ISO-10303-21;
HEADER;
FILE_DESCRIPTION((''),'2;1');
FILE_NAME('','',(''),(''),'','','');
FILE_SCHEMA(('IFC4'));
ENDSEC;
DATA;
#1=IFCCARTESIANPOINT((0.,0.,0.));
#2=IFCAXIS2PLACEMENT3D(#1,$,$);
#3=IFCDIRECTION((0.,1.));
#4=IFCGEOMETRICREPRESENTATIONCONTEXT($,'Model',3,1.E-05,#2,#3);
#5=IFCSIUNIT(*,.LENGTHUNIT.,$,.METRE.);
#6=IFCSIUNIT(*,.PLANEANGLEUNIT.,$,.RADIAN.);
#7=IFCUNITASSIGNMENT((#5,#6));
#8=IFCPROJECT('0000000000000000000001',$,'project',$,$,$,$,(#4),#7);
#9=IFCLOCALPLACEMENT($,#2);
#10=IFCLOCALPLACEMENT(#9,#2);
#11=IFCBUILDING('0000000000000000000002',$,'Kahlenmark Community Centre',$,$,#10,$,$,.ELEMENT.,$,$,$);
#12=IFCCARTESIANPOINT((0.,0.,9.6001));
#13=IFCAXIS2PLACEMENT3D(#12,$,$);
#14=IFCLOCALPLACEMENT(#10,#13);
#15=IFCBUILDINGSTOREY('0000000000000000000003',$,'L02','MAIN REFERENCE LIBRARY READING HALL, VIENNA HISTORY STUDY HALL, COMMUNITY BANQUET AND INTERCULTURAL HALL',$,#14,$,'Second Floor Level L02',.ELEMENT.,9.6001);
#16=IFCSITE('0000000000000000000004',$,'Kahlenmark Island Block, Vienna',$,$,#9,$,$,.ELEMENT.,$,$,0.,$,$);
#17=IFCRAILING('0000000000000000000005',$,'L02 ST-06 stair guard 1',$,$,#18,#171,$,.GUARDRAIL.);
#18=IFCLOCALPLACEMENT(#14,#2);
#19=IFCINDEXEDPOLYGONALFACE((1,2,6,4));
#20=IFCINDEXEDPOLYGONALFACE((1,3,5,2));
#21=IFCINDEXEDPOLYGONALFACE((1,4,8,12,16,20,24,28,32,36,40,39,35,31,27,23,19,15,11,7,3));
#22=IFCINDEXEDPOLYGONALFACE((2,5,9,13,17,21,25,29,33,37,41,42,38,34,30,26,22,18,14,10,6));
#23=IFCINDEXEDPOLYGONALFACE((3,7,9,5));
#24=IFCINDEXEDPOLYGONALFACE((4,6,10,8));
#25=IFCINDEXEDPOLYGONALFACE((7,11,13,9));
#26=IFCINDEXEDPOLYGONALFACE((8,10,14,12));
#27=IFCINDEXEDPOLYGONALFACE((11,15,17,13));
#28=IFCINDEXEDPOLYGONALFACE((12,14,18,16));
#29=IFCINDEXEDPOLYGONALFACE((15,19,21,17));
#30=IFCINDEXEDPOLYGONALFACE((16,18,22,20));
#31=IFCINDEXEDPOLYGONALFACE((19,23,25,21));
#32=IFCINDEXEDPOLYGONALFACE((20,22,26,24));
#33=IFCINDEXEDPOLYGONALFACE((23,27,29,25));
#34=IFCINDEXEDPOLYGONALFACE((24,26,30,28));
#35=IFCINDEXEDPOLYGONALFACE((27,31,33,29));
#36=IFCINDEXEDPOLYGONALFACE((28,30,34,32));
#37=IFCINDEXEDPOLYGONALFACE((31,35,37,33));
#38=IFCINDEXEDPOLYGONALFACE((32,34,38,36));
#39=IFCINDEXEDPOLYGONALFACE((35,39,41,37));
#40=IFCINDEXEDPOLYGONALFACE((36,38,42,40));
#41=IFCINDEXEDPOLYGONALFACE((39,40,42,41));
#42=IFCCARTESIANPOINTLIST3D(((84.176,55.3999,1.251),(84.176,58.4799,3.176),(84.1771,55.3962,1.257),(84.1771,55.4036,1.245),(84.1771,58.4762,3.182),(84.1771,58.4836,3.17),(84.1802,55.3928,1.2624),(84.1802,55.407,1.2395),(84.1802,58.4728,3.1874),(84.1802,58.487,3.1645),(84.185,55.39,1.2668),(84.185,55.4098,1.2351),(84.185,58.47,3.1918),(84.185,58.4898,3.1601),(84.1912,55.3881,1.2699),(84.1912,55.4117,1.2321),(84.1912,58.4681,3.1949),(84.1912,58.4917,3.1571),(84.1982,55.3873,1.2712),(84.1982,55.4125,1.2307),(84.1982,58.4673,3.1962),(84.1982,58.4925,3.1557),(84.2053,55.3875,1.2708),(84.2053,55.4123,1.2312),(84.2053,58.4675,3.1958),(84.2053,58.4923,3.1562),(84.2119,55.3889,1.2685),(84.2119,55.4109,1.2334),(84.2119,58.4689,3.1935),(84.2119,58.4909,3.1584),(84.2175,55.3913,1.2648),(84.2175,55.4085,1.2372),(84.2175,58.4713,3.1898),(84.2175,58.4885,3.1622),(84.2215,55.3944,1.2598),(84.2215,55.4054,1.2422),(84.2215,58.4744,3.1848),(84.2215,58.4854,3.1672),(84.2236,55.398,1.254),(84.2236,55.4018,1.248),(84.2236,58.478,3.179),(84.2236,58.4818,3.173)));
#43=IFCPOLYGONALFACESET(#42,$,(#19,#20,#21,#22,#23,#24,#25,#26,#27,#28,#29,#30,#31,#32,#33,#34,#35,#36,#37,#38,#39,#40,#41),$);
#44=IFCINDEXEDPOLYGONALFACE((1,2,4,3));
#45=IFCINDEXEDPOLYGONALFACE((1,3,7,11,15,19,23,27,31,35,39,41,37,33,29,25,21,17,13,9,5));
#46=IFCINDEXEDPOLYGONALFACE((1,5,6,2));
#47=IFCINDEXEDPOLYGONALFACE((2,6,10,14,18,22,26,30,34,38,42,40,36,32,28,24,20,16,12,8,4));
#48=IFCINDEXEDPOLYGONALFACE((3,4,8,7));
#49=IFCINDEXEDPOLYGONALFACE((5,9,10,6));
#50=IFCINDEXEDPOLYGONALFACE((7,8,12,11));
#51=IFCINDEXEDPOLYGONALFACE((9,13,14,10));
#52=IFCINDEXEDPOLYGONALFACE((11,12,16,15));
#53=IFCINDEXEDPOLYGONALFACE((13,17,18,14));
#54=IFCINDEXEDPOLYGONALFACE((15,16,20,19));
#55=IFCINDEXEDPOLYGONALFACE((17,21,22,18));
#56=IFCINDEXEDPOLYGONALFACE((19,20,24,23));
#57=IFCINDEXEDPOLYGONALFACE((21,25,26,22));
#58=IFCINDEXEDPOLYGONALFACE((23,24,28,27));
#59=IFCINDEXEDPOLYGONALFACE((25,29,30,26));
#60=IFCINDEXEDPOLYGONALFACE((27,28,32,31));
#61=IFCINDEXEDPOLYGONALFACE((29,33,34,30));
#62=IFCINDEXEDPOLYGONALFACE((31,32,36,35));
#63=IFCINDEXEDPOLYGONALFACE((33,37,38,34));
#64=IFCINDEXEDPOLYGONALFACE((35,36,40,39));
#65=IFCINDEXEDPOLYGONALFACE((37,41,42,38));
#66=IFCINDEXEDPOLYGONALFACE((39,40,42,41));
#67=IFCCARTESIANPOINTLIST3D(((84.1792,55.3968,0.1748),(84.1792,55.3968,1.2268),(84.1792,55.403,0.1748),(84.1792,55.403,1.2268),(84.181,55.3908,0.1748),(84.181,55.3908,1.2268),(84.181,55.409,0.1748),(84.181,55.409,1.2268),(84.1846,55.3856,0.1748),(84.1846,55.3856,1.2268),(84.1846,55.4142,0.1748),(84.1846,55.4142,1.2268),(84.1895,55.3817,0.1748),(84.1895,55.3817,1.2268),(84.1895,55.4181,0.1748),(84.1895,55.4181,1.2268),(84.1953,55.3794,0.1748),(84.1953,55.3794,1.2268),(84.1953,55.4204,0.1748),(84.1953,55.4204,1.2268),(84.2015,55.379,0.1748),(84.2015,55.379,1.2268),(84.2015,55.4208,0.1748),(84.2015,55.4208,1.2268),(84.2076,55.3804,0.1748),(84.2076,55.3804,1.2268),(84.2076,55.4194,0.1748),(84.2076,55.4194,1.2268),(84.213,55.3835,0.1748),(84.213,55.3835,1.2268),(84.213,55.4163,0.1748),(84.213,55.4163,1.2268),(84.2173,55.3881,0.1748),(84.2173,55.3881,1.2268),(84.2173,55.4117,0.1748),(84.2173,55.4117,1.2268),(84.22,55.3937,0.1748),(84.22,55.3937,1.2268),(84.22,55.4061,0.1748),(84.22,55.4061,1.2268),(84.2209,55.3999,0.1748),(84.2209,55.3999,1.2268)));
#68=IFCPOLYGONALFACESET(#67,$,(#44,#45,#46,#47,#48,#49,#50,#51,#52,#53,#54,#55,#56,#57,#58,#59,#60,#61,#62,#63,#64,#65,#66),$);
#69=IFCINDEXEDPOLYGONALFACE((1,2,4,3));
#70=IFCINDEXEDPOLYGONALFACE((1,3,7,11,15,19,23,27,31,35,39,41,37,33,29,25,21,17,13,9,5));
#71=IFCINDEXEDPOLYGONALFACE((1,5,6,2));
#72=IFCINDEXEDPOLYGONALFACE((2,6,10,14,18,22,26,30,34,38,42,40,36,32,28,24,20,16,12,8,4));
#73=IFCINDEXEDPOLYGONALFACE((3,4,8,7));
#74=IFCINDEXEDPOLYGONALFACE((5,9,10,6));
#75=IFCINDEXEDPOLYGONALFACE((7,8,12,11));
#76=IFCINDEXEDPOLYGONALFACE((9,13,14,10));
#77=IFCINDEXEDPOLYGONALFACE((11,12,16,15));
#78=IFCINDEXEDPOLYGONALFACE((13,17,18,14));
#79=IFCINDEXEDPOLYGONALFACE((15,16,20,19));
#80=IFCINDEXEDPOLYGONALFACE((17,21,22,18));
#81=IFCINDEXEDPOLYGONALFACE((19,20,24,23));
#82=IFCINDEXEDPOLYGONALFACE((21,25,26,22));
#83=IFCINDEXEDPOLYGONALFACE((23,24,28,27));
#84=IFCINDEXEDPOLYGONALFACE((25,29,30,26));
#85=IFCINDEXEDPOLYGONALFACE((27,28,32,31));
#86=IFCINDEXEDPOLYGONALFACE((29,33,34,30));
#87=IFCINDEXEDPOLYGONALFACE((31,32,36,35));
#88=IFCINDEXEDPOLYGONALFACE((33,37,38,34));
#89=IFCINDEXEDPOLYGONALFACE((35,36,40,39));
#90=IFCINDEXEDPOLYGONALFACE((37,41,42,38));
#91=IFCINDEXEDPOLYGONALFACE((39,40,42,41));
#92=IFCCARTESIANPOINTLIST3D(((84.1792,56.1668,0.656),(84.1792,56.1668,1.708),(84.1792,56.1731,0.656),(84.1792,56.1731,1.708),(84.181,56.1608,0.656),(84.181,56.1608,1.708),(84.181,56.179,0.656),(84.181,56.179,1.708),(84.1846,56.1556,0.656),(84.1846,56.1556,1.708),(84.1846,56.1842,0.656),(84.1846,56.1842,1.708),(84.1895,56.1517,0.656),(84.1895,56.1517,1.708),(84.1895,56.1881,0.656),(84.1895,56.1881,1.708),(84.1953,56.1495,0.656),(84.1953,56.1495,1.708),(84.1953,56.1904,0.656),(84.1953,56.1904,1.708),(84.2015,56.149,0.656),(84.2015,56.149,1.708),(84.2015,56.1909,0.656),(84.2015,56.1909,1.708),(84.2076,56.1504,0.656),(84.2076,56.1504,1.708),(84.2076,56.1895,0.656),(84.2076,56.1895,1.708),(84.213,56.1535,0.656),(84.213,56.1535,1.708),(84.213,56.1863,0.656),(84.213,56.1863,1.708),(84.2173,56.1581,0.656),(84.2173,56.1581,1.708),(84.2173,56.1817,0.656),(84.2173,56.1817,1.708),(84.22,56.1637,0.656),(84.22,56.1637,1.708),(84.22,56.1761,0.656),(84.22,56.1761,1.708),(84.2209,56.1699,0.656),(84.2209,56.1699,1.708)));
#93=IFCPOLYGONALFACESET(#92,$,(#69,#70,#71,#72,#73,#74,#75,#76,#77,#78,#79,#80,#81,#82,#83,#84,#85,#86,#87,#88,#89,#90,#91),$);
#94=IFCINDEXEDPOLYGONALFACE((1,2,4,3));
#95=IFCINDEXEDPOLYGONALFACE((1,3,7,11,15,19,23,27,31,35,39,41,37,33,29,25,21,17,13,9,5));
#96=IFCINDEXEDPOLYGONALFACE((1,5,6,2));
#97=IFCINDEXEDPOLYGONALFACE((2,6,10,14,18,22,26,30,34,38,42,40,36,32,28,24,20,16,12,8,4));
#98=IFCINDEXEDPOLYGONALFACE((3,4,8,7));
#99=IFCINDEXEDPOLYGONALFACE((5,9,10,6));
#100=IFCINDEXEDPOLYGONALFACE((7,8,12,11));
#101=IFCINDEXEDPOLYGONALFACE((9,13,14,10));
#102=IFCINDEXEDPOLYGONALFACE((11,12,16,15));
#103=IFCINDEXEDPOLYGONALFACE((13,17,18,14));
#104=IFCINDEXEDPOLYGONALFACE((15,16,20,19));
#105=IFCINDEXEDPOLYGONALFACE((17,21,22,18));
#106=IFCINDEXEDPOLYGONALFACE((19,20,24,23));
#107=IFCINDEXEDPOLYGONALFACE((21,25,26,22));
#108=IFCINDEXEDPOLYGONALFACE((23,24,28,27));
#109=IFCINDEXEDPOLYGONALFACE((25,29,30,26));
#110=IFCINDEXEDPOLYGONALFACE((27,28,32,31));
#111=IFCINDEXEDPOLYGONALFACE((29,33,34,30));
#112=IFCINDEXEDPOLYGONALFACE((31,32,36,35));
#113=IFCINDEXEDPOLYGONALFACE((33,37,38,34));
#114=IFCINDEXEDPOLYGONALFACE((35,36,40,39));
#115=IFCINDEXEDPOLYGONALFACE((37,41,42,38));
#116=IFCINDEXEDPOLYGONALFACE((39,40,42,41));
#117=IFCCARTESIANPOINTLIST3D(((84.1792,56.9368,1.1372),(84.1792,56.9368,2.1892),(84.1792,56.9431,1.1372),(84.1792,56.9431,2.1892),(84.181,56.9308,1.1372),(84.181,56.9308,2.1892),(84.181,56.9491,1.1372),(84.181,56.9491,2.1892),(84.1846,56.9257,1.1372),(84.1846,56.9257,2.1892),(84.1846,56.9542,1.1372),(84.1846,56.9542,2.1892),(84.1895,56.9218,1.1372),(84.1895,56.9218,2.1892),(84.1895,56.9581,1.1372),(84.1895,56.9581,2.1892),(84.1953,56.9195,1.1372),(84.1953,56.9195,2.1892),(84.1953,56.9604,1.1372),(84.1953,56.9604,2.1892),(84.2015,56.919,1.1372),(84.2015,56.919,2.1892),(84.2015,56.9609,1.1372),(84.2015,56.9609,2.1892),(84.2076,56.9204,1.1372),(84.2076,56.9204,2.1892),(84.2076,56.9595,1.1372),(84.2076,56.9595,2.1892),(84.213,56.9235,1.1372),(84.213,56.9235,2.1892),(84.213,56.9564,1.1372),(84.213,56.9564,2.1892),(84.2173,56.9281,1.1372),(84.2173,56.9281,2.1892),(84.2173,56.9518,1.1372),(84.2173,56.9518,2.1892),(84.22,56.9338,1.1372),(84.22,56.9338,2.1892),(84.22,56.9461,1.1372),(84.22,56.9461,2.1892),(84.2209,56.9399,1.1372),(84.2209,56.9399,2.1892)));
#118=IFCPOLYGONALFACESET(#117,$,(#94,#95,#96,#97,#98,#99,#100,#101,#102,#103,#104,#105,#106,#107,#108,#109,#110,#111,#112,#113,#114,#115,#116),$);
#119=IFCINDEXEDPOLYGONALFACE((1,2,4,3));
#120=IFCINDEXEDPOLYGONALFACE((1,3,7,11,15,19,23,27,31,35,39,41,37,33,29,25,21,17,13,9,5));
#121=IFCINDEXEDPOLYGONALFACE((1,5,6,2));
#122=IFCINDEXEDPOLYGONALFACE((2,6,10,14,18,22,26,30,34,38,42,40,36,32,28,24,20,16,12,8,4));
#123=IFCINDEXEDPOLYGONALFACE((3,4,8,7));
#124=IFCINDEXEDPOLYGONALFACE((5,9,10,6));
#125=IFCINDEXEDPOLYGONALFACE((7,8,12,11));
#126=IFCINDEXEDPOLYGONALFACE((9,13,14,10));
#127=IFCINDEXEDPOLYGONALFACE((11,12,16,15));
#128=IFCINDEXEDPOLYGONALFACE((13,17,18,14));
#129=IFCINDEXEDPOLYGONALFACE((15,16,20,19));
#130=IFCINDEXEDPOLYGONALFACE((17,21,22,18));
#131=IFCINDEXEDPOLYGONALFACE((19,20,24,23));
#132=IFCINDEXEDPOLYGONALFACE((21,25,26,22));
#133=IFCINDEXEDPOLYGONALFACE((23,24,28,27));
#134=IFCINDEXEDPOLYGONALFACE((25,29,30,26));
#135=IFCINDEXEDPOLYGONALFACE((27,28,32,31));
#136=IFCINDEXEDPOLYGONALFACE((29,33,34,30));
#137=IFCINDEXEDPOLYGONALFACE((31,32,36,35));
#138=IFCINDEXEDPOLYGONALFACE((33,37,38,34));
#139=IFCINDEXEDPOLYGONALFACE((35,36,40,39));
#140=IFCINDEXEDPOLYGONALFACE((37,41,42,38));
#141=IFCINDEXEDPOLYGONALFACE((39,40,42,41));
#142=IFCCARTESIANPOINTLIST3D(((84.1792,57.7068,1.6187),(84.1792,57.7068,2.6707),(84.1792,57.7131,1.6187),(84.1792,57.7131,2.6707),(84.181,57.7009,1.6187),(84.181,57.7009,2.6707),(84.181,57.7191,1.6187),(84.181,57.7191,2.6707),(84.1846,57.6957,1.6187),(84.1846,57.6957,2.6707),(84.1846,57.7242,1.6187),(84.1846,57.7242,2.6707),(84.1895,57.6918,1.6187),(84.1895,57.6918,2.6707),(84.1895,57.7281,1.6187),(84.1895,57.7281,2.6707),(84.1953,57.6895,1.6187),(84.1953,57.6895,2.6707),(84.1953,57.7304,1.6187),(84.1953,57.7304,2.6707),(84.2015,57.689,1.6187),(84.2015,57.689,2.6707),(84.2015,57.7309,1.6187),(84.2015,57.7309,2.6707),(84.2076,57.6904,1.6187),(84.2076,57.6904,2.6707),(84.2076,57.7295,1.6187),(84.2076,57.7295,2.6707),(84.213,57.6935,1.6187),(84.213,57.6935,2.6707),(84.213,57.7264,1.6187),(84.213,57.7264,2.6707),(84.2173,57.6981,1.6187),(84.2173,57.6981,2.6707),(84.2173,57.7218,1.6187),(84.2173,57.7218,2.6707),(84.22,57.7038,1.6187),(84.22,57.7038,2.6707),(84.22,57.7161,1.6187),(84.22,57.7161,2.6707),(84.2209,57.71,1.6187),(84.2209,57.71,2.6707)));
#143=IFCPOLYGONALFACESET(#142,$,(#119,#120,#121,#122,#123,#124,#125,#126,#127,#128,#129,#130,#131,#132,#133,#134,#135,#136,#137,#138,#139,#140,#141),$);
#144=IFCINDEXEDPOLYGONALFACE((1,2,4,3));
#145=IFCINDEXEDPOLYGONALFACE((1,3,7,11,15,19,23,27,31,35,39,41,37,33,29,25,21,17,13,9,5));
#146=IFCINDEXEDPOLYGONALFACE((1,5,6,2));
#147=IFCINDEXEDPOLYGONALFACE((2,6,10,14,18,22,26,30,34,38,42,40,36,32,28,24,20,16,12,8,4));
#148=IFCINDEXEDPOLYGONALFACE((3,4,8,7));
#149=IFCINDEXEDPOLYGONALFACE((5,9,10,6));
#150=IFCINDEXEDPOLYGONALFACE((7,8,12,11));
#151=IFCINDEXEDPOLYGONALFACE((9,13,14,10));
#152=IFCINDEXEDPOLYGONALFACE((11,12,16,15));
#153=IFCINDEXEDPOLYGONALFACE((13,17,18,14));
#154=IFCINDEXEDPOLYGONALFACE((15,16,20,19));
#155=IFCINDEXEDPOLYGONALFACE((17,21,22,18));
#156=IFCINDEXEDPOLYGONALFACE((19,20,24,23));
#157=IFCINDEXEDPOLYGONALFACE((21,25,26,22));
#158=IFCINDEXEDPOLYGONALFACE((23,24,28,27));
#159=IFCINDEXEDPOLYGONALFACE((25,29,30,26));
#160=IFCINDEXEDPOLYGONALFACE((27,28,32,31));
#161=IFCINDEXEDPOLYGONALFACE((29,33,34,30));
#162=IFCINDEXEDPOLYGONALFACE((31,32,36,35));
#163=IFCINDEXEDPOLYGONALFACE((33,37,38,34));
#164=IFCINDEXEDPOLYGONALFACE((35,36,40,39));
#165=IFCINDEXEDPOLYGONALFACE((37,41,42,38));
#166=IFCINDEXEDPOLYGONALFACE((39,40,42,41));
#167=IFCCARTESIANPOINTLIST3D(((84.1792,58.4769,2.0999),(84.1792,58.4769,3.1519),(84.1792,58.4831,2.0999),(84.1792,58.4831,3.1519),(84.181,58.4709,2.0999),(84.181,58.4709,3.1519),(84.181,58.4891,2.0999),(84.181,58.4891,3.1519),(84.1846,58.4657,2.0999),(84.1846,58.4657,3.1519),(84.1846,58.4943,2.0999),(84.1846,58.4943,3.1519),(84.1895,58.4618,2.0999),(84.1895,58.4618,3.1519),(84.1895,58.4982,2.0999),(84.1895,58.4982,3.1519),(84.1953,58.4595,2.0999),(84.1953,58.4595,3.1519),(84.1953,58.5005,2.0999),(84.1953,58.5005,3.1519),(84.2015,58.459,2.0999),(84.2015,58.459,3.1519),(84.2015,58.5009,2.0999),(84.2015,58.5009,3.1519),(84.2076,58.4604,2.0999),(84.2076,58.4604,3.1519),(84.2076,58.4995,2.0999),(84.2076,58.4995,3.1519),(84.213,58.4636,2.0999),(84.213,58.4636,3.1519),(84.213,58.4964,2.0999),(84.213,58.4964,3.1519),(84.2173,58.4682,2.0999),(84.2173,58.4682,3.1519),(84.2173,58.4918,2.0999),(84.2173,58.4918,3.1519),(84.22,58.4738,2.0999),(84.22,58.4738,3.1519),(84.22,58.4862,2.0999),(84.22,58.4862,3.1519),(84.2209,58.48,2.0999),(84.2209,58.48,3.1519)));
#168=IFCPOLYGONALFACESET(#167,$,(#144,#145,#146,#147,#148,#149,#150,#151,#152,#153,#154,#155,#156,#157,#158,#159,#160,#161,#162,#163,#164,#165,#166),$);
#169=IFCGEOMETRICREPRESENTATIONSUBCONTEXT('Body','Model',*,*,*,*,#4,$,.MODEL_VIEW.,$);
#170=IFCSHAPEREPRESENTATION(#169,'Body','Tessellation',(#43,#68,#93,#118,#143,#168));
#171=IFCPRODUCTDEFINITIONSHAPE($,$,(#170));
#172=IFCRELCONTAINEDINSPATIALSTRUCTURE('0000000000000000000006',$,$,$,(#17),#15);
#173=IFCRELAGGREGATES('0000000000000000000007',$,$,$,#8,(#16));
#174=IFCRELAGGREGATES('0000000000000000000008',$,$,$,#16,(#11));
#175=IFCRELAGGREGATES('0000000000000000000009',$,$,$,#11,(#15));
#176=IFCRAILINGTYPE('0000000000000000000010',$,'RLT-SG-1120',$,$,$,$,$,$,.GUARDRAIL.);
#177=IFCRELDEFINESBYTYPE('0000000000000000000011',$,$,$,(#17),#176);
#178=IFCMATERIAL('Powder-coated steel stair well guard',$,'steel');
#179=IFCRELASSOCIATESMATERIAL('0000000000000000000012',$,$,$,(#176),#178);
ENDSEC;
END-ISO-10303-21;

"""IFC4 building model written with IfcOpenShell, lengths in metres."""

from ifc_helpers import new_model, si_unit, direction, frame, origin, origin_2d, place, context, subcontext, project, spatial, circle, extrude, material, type_object, element, save


model = new_model("IFC4")

# Units and contexts
model_context = context("Model", 3, precision=1e-05, world=origin(), true_north=direction((0.0, 1.0)))
body_context = subcontext(model_context, "Body", "Model", "MODEL_VIEW")
ifc_project = project(units=[si_unit("LENGTHUNIT", "METRE"), si_unit("PLANEANGLEUNIT", "RADIAN")], contexts=[model_context])

# Site, building, storey
site_placement = place(None, origin())
site = spatial("IfcSite", under=ifc_project, at=site_placement, Name="Kahlenmark Island Block, Vienna", CompositionType="ELEMENT", RefElevation=0.0)
building_placement = place(site_placement, origin())
building = spatial("IfcBuilding", under=site, at=building_placement, Name="Kahlenmark Community Centre", CompositionType="ELEMENT")
storey_placement = place(building_placement, frame((0.0, 0.0, 9.6001)))
storey = spatial("IfcBuildingStorey", under=building, at=storey_placement, Name="L02", Description="MAIN REFERENCE LIBRARY READING HALL, VIENNA HISTORY STUDY HALL, COMMUNITY BANQUET AND INTERCULTURAL HALL", LongName="Second Floor Level L02", CompositionType="ELEMENT", Elevation=9.6001)

# Railing
ifc_material_1 = material(Name="Powder-coated steel stair well guard", Category="steel")
railing_type_1 = type_object("IfcRailingType", Name="RLT-SG-1120", PredefinedType="GUARDRAIL", material=ifc_material_1)
railing_1_placement = place(storey_placement, frame((84.2, 55.3999, 0.1748)))
element("IfcRailing", 1, at=railing_1_placement, inside=storey, type_object=railing_type_1, Name="L02 ST-06 stair guard 1", PredefinedType="GUARDRAIL", context=body_context, shape_type="SweptSolid", body=[
    extrude(circle(Radius=0.0239, at=origin_2d()), frame((0.0, 0.0, 1.0762), z_axis=(0.0, 0.847998, 0.529999), x_axis=(-1.0, 0.0, 0.0)), (0.0, 0.0, 1.0), 3.6321),
    extrude(circle(Radius=0.021, at=origin_2d()), origin(), (0.0, 0.0, 1.0), 1.052),
    extrude(circle(Radius=0.021, at=origin_2d()), frame((0.0, 0.77, 0.4812)), (0.0, 0.0, 1.0), 1.052),
    extrude(circle(Radius=0.021, at=origin_2d()), frame((0.0, 1.54, 0.9624)), (0.0, 0.0, 1.0), 1.052),
    extrude(circle(Radius=0.021, at=origin_2d()), frame((0.0, 2.3101, 1.4438)), (0.0, 0.0, 1.0), 1.052),
    extrude(circle(Radius=0.021, at=origin_2d()), frame((0.0, 3.0801, 1.925)), (0.0, 0.0, 1.0), 1.052),
])

save(model, "model.ifc")
